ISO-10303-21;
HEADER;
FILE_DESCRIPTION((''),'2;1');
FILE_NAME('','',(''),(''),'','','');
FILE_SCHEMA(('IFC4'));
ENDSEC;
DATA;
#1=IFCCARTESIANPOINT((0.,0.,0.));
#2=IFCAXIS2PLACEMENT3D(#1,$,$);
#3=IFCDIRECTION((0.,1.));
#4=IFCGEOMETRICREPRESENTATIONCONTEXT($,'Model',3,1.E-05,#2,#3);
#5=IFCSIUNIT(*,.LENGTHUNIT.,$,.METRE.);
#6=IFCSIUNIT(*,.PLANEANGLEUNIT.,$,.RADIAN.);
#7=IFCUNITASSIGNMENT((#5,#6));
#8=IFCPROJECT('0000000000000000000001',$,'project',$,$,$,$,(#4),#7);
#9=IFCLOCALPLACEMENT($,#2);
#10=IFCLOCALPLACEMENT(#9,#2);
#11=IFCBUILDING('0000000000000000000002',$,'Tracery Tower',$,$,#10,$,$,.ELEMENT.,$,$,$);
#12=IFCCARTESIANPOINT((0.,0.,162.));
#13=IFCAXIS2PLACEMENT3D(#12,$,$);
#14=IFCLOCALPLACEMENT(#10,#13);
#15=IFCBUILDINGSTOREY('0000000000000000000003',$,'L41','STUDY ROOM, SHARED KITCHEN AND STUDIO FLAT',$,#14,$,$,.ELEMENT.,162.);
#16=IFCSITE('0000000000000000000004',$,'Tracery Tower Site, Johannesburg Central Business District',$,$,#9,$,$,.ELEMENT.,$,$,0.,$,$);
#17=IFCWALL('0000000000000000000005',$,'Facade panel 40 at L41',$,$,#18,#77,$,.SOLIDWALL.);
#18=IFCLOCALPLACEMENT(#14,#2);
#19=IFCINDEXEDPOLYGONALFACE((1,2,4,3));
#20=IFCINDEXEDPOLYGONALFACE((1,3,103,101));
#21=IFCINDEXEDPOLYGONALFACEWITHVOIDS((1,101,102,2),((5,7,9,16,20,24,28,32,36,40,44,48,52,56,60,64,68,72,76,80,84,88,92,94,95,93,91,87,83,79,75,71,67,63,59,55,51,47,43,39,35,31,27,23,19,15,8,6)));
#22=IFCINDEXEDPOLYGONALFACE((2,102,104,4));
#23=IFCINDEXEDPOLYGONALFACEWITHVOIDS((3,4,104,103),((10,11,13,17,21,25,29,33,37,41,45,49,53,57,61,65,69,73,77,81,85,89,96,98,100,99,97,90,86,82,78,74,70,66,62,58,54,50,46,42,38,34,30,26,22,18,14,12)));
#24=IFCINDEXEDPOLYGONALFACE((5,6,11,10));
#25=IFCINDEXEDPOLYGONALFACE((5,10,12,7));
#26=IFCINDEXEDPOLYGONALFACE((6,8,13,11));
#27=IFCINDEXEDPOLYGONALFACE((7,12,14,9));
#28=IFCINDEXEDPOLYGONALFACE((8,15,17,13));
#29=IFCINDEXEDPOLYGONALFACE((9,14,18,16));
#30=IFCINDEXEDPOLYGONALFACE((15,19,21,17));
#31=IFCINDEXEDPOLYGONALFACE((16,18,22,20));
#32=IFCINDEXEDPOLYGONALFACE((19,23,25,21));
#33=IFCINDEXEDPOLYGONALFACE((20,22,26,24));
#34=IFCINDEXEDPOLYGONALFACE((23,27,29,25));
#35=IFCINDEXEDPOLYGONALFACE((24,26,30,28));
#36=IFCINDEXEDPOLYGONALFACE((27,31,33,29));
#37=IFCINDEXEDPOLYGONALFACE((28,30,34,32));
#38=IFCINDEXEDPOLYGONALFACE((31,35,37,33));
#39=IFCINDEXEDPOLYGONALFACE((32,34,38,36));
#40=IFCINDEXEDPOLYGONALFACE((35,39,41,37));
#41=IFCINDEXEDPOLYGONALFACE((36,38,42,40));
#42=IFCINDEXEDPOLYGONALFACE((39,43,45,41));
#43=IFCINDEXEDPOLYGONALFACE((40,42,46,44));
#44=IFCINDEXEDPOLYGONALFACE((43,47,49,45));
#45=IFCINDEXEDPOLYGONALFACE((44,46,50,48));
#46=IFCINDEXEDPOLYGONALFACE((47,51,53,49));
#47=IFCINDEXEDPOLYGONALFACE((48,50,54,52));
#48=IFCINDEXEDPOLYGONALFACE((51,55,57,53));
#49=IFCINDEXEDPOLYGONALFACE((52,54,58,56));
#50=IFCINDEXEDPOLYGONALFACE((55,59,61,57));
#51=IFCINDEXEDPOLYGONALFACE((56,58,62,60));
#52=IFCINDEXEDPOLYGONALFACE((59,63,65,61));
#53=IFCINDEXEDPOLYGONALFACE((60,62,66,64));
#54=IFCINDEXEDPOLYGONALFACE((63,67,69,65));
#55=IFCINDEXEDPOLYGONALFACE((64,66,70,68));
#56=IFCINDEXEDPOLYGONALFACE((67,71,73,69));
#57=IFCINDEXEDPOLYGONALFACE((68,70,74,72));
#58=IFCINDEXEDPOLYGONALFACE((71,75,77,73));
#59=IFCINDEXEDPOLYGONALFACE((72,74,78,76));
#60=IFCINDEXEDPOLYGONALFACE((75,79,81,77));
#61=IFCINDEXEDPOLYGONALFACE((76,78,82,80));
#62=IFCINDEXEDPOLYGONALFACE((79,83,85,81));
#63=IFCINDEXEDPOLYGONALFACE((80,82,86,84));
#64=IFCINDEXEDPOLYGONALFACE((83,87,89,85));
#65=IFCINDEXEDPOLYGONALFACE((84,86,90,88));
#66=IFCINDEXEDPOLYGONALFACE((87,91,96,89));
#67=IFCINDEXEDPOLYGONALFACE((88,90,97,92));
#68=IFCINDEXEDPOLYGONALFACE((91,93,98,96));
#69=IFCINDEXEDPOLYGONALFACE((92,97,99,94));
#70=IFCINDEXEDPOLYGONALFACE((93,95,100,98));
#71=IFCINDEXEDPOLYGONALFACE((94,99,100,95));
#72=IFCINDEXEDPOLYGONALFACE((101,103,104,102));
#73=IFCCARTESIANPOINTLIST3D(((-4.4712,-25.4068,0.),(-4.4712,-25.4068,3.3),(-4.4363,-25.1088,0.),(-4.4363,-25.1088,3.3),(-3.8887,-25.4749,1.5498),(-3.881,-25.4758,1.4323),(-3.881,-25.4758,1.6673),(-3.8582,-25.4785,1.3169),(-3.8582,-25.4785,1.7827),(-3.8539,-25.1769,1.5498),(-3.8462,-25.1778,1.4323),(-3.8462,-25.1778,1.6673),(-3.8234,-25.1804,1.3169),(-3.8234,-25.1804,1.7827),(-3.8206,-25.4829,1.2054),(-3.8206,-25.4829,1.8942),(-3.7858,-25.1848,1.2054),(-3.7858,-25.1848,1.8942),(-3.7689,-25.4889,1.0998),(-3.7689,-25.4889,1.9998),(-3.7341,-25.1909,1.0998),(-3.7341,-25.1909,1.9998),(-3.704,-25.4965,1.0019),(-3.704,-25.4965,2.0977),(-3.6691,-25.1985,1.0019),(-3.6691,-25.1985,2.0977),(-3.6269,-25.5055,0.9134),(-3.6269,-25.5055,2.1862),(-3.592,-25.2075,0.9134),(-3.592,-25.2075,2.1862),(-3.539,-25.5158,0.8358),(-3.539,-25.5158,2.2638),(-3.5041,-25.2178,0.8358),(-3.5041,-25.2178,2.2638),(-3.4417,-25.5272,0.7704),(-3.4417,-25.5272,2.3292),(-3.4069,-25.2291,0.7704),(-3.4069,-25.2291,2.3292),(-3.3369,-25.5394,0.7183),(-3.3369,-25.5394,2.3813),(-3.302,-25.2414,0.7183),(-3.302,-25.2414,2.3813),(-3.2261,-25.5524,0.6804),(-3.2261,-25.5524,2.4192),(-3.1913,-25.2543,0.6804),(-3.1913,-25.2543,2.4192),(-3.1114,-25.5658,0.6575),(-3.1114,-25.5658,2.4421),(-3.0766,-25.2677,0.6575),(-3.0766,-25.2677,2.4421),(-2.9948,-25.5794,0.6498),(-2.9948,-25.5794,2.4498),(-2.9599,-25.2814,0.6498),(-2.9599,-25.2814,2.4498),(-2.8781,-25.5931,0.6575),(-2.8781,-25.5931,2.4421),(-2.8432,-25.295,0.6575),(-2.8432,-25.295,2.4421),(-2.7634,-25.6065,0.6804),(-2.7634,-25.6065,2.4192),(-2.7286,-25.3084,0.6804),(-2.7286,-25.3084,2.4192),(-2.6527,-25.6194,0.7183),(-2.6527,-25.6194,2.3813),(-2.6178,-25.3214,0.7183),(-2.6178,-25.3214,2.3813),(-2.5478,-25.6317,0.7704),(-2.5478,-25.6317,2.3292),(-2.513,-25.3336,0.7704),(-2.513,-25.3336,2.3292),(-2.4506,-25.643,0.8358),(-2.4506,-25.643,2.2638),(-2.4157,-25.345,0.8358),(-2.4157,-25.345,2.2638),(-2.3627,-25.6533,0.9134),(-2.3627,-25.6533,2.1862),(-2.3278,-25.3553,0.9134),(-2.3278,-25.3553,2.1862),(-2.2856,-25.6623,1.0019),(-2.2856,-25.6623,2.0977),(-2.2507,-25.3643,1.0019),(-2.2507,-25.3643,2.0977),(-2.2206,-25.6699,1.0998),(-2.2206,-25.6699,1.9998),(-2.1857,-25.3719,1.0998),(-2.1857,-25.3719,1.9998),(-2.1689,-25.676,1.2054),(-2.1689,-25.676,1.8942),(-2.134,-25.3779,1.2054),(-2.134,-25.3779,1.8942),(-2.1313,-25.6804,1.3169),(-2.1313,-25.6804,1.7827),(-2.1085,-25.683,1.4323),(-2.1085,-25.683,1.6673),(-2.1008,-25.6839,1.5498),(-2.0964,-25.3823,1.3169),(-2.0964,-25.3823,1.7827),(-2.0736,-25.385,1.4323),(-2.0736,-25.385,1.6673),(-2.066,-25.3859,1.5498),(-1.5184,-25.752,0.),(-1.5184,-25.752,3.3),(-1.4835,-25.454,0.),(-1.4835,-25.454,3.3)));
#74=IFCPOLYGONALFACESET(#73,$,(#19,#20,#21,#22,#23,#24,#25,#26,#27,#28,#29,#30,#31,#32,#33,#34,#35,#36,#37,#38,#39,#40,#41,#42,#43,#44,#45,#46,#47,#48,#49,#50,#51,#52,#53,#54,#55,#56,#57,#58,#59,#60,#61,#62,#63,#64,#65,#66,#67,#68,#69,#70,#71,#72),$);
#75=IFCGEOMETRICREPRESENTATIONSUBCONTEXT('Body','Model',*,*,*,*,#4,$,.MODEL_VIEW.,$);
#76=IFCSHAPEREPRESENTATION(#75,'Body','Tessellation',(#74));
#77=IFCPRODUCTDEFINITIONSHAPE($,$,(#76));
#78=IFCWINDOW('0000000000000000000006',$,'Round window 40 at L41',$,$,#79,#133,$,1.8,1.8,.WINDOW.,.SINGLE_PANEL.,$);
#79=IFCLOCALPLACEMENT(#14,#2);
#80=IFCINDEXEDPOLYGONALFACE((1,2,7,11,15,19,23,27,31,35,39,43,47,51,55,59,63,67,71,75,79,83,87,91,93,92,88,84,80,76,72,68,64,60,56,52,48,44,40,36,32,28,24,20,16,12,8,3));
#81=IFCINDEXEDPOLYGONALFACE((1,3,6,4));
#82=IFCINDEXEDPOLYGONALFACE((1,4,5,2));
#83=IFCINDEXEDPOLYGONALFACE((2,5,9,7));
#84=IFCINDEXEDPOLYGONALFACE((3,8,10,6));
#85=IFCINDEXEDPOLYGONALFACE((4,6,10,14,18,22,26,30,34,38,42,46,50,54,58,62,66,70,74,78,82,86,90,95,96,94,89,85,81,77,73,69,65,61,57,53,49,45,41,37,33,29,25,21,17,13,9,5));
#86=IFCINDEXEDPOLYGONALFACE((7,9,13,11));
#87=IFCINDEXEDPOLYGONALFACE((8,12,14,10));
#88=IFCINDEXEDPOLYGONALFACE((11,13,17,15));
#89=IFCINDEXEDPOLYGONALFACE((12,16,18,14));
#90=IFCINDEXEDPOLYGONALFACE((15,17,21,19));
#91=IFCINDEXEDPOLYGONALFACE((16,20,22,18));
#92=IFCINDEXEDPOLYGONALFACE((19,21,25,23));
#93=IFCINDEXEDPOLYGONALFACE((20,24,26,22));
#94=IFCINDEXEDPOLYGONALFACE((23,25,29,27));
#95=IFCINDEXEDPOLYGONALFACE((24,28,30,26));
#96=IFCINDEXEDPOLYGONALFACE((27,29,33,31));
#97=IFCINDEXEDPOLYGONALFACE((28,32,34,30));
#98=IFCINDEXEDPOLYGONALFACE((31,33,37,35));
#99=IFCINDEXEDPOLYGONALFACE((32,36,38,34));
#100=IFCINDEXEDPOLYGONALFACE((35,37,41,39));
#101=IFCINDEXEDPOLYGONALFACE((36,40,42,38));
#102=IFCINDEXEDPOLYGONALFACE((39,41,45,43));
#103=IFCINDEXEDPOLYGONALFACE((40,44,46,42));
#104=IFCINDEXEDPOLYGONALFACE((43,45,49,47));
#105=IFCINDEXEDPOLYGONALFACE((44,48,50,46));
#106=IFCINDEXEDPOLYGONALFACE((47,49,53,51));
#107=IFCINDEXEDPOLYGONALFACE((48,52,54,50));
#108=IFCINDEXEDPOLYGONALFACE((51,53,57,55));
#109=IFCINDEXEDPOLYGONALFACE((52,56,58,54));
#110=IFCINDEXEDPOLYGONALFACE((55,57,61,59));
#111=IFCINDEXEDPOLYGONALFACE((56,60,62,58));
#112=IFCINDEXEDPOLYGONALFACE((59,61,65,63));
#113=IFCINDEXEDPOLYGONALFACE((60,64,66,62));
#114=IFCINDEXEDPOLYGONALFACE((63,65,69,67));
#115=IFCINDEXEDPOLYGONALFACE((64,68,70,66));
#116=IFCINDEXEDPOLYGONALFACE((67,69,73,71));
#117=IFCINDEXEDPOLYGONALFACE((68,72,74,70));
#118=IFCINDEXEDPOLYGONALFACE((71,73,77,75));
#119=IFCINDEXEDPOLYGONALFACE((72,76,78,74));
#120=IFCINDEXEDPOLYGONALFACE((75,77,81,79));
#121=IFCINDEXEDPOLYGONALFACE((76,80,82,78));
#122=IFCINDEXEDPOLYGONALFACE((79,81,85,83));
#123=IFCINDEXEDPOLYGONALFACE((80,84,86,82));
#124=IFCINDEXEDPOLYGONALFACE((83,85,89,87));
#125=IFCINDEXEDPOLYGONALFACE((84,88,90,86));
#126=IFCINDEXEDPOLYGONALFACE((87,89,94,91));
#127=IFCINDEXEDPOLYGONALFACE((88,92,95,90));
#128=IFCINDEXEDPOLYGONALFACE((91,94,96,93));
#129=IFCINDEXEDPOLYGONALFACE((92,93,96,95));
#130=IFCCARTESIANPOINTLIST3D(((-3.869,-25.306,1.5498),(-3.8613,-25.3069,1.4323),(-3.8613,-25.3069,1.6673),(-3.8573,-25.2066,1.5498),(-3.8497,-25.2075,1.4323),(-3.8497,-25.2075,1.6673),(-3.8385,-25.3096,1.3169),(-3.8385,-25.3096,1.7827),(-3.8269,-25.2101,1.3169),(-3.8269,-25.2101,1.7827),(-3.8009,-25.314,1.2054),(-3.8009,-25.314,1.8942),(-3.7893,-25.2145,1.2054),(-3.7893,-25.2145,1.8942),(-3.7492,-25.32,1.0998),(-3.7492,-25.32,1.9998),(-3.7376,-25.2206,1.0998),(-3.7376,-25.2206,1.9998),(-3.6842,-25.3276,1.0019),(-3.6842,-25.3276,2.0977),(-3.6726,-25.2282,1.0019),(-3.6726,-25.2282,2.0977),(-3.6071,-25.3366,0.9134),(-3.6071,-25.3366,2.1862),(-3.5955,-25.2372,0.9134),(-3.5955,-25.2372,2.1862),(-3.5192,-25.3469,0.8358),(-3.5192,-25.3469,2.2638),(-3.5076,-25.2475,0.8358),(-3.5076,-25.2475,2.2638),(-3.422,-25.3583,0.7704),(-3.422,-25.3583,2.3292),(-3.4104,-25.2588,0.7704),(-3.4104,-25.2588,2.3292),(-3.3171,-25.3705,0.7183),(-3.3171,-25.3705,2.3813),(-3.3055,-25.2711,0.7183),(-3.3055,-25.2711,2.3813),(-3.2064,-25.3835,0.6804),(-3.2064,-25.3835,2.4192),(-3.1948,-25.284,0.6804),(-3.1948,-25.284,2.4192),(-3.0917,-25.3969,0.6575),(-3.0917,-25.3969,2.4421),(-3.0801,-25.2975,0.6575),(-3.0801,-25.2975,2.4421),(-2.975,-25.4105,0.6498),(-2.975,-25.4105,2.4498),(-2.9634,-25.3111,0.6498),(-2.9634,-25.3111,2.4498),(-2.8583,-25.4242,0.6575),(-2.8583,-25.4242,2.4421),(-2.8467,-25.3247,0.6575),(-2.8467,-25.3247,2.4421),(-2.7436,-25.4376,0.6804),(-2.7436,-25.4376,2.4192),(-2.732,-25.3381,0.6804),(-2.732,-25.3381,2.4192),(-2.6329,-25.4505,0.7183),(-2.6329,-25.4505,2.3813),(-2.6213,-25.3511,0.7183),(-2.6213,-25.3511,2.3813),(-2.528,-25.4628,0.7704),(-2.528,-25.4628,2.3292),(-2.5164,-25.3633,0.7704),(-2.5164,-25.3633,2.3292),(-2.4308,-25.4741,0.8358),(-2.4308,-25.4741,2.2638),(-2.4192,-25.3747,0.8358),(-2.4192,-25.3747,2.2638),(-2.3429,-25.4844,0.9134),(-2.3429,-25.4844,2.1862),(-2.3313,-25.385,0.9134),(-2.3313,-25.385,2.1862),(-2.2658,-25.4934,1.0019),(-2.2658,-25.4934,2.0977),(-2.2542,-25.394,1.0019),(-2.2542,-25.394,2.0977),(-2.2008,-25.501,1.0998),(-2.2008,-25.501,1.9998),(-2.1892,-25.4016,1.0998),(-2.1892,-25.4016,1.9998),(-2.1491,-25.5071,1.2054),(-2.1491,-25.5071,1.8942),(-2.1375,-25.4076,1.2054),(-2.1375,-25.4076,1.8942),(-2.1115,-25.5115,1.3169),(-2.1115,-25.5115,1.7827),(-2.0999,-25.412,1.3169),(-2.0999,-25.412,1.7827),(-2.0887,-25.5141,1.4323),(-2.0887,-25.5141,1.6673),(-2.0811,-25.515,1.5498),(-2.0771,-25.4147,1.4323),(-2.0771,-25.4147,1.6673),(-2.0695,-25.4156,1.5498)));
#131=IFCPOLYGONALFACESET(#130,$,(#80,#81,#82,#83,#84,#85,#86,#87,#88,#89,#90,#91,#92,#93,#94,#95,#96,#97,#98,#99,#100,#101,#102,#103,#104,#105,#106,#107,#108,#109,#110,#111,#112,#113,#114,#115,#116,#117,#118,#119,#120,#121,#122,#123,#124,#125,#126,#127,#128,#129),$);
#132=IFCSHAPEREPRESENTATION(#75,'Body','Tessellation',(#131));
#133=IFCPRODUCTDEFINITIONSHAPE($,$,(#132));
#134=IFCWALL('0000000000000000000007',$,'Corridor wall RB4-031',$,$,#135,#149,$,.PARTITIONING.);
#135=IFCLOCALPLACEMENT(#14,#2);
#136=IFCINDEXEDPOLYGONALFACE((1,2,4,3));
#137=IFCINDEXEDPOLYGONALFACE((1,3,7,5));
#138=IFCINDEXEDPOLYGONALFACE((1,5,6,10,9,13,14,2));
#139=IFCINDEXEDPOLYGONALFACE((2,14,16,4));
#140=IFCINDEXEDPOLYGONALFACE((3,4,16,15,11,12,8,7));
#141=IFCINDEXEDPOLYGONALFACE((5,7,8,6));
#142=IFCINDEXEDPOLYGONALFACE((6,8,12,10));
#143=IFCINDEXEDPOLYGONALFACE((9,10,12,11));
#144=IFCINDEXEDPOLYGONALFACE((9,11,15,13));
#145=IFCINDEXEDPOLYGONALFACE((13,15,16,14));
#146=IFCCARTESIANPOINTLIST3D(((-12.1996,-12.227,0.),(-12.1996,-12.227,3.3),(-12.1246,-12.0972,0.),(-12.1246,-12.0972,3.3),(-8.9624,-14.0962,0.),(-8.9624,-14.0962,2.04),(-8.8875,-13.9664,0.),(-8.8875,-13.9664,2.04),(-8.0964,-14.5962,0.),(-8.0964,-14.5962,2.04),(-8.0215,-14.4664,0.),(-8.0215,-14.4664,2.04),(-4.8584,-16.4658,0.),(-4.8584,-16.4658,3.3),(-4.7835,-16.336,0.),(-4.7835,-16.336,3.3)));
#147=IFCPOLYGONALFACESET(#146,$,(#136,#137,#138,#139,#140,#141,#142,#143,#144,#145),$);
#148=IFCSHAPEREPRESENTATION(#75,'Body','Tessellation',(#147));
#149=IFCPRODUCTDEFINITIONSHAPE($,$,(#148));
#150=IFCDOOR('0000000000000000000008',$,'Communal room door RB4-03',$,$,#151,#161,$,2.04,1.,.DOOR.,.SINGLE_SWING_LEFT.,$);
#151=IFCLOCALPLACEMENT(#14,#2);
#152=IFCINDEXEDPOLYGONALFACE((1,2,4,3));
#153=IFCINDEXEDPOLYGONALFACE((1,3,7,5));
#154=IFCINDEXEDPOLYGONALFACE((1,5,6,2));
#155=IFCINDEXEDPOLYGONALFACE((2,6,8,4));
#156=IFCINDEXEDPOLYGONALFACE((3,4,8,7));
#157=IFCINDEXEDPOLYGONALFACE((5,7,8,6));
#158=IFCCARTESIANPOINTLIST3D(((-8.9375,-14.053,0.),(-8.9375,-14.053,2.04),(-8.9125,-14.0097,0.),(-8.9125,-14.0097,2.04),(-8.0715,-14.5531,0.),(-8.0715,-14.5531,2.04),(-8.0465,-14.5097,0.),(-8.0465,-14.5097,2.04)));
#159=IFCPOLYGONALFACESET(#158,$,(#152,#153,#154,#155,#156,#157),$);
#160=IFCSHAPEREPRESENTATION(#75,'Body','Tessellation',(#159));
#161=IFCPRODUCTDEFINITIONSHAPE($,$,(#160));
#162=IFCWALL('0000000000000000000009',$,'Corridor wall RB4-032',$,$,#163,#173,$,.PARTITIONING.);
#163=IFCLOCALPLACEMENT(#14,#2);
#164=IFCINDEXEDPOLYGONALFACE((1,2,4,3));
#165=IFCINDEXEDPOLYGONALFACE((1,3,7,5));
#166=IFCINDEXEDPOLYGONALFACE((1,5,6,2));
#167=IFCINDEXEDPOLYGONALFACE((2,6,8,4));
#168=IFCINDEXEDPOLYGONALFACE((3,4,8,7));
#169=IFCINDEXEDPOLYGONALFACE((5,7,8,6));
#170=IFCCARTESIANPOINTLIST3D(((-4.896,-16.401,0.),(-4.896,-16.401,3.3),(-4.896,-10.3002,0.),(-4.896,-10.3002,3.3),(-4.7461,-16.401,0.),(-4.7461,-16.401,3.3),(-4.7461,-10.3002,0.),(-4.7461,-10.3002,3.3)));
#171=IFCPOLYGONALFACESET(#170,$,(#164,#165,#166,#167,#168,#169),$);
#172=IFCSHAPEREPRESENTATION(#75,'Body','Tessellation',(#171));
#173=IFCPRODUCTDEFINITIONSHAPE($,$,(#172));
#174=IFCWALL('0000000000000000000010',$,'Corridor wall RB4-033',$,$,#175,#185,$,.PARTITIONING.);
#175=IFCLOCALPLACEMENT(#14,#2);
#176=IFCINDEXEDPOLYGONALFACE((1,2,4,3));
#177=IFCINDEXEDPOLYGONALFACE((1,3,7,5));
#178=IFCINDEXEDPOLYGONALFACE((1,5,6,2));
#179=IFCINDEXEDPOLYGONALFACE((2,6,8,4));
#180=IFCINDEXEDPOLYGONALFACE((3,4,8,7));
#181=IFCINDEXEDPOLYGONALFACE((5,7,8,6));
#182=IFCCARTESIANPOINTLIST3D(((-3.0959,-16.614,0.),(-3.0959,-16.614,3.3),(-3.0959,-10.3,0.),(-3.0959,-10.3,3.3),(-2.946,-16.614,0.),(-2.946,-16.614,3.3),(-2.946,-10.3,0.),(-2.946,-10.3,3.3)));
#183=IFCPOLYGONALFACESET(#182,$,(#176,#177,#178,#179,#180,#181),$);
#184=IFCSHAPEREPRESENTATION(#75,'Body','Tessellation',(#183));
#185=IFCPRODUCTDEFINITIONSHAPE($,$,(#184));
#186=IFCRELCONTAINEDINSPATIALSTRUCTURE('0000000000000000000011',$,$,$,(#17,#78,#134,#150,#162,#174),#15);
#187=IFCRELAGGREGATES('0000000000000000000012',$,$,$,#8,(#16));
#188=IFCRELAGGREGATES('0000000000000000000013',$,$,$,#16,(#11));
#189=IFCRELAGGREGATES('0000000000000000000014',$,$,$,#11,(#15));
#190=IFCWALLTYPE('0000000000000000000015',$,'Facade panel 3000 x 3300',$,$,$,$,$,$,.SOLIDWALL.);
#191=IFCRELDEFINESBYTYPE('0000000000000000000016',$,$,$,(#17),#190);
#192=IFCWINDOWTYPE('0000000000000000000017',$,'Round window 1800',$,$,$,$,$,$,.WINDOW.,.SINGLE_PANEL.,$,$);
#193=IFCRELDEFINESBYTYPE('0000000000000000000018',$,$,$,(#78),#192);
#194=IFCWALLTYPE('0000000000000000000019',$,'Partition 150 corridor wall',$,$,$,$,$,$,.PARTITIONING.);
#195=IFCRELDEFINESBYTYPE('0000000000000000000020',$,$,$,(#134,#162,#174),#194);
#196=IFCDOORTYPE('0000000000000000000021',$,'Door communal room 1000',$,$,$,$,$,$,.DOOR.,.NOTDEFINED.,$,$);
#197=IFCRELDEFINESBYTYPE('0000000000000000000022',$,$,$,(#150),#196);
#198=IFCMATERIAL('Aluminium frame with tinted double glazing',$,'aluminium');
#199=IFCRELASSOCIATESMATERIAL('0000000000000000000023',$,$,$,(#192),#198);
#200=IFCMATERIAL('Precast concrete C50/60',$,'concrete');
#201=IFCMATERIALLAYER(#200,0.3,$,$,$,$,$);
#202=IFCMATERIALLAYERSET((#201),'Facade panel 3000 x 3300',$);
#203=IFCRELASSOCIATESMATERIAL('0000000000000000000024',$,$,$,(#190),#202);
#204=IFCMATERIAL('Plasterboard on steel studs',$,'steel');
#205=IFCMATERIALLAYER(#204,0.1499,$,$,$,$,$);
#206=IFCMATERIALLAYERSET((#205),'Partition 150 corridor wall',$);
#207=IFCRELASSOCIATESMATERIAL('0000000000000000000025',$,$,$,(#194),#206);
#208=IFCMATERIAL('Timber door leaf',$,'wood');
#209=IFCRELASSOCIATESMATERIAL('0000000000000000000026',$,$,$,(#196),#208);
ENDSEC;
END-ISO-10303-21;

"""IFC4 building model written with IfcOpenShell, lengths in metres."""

from ifc_helpers import new_model, si_unit, direction, frame, frame_2d, origin, origin_2d, place, context, subcontext, project, spatial, rectangle, circle, extrude, material, layer, layer_set, type_object, element, fill, save


model = new_model("IFC4")

# Units and contexts
model_context = context("Model", 3, precision=1e-05, world=origin(), true_north=direction((0.0, 1.0)))
body_context = subcontext(model_context, "Body", "Model", "MODEL_VIEW")
ifc_project = project(units=[si_unit("LENGTHUNIT", "METRE"), si_unit("PLANEANGLEUNIT", "RADIAN")], contexts=[model_context])

# Site, building, storey
site_placement = place(None, origin())
site = spatial("IfcSite", under=ifc_project, at=site_placement, Name="Tracery Tower Site, Johannesburg Central Business District", CompositionType="ELEMENT", RefElevation=0.0)
building_placement = place(site_placement, origin())
building = spatial("IfcBuilding", under=site, at=building_placement, Name="Tracery Tower", CompositionType="ELEMENT")
storey_placement = place(building_placement, frame((0.0, 0.0, 162.0)))
storey = spatial("IfcBuildingStorey", under=building, at=storey_placement, Name="L41", Description="STUDY ROOM, SHARED KITCHEN AND STUDIO FLAT", CompositionType="ELEMENT", Elevation=162.0)

# Wall, opening, window
ifc_material_1 = material(Name="Aluminium frame with tinted double glazing", Category="aluminium")
window_type = type_object("IfcWindowType", Name="Round window 1800", PartitioningType="SINGLE_PANEL", PredefinedType="WINDOW", material=ifc_material_1)
ifc_material_2 = material(Name="Precast concrete C50/60", Category="concrete")
ifc_layer_1 = layer(ifc_material_2, 0.3)
ifc_layer_set_1 = layer_set([ifc_layer_1], Name="Facade panel 3000 x 3300")
wall_type_1 = type_object("IfcWallType", Name="Facade panel 3000 x 3300", PredefinedType="SOLIDWALL", material=ifc_layer_set_1)
wall_1_placement = place(storey_placement, frame((-4.4536, -25.2578, 0.0), z_axis=(0.0, 0.0, 1.0), x_axis=(0.993236, -0.116117, 0.0)))
wall_1 = element("IfcWall", 1, at=wall_1_placement, inside=storey, type_object=wall_type_1, Name="Facade panel 40 at L41", PredefinedType="SOLIDWALL", context=body_context, shape_type="SweptSolid", body=[
    extrude(rectangle(XDim=2.9729, YDim=0.3, at=frame_2d((1.4863, 0.0))), origin(), (0.0, 0.0, 1.0), 3.3),
])
opening_1_placement = place(wall_1_placement, frame((1.4863, 0.0, 1.5498)))
opening_1 = element("IfcOpeningElement", 2, at=opening_1_placement, cuts=wall_1, PredefinedType="OPENING", context=body_context, shape_type="SweptSolid", body=[
    extrude(circle(Radius=0.9, at=origin_2d()), frame((0.0, 0.1599, 0.0), z_axis=(0.0, -1.0, 0.0), x_axis=(1.0, 0.0, 0.0)), (0.0, 0.0, 1.0), 0.3201),
])
window_1_placement = place(opening_1_placement, origin())
window_1 = element("IfcWindow", 3, at=window_1_placement, inside=storey, type_object=window_type, Name="Round window 40 at L41", OverallHeight=1.8, OverallWidth=1.8, PartitioningType="SINGLE_PANEL", PredefinedType="WINDOW", context=body_context, shape_type="SweptSolid", body=[
    extrude(circle(Radius=0.9, at=origin_2d()), frame((0.0, 0.1201, 0.0), z_axis=(0.0, -1.0, 0.0), x_axis=(1.0, 0.0, 0.0)), (0.0, 0.0, 1.0), 0.1001),
])
fill(opening_1, window_1)

# Wall, opening, door
ifc_material_3 = material(Name="Plasterboard on steel studs", Category="steel")
ifc_layer_2 = layer(ifc_material_3, 0.1499)
ifc_layer_set_2 = layer_set([ifc_layer_2], Name="Partition 150 corridor wall")
wall_type_2 = type_object("IfcWallType", Name="Partition 150 corridor wall", PredefinedType="PARTITIONING", material=ifc_layer_set_2)
wall_2_placement = place(storey_placement, frame((-12.1621, -12.1621, 0.0), z_axis=(0.0, 0.0, 1.0), x_axis=(0.866005, -0.500036, 0.0)))
wall_2 = element("IfcWall", 4, at=wall_2_placement, inside=storey, type_object=wall_type_2, Name="Corridor wall RB4-031", PredefinedType="PARTITIONING", context=body_context, shape_type="SweptSolid", body=[
    extrude(rectangle(XDim=8.4771, YDim=0.1499, at=frame_2d((4.2385, 0.0))), origin(), (0.0, 0.0, 1.0), 3.3),
])
opening_2_placement = place(wall_2_placement, frame((3.738, 0.0, 0.0)))
opening_2 = element("IfcOpeningElement", 5, at=opening_2_placement, cuts=wall_2, PredefinedType="OPENING", context=body_context, shape_type="SweptSolid", body=[
    extrude(rectangle(XDim=1.0, YDim=2.04, at=frame_2d((0.5, 1.02))), frame((0.0, 0.075, 0.0), z_axis=(0.0, -1.0, 0.0), x_axis=(1.0, 0.0, 0.0)), (0.0, 0.0, 1.0), 0.1499),
])
ifc_material_4 = material(Name="Timber door leaf", Category="wood")
door_type_1 = type_object("IfcDoorType", Name="Door communal room 1000", OperationType="NOTDEFINED", PredefinedType="DOOR", material=ifc_material_4)
door_1_placement = place(opening_2_placement, origin())
door_1 = element("IfcDoor", 6, at=door_1_placement, inside=storey, type_object=door_type_1, Name="Communal room door RB4-03", OperationType="SINGLE_SWING_LEFT", OverallHeight=2.04, OverallWidth=1.0, PredefinedType="DOOR", context=body_context, shape_type="SweptSolid", body=[
    extrude(rectangle(XDim=1.0, YDim=2.04, at=frame_2d((0.5, 1.02))), frame((0.0, 0.0249, 0.0), z_axis=(0.0, -1.0, 0.0), x_axis=(1.0, 0.0, 0.0)), (0.0, 0.0, 1.0), 0.05),
])
fill(opening_2, door_1)

# Walls
wall_3_placement = place(storey_placement, frame((-4.821, -16.4009, 0.0), z_axis=(0.0, 0.0, 1.0), x_axis=(0.0, 1.0, 0.0)))
element("IfcWall", 7, at=wall_3_placement, inside=storey, type_object=wall_type_2, Name="Corridor wall RB4-032", PredefinedType="PARTITIONING", context=body_context, shape_type="SweptSolid", body=[
    extrude(rectangle(XDim=6.1008, YDim=0.1499, at=frame_2d((3.0503, 0.0))), origin(), (0.0, 0.0, 1.0), 3.3),
])
wall_4_placement = place(storey_placement, frame((-3.021, -16.614, 0.0), z_axis=(0.0, 0.0, 1.0), x_axis=(0.0, 1.0, 0.0)))
element("IfcWall", 8, at=wall_4_placement, inside=storey, type_object=wall_type_2, Name="Corridor wall RB4-033", PredefinedType="PARTITIONING", context=body_context, shape_type="SweptSolid", body=[
    extrude(rectangle(XDim=6.314, YDim=0.1499, at=frame_2d((3.157, 0.0))), origin(), (0.0, 0.0, 1.0), 3.3),
])

save(model, "model.ifc")
